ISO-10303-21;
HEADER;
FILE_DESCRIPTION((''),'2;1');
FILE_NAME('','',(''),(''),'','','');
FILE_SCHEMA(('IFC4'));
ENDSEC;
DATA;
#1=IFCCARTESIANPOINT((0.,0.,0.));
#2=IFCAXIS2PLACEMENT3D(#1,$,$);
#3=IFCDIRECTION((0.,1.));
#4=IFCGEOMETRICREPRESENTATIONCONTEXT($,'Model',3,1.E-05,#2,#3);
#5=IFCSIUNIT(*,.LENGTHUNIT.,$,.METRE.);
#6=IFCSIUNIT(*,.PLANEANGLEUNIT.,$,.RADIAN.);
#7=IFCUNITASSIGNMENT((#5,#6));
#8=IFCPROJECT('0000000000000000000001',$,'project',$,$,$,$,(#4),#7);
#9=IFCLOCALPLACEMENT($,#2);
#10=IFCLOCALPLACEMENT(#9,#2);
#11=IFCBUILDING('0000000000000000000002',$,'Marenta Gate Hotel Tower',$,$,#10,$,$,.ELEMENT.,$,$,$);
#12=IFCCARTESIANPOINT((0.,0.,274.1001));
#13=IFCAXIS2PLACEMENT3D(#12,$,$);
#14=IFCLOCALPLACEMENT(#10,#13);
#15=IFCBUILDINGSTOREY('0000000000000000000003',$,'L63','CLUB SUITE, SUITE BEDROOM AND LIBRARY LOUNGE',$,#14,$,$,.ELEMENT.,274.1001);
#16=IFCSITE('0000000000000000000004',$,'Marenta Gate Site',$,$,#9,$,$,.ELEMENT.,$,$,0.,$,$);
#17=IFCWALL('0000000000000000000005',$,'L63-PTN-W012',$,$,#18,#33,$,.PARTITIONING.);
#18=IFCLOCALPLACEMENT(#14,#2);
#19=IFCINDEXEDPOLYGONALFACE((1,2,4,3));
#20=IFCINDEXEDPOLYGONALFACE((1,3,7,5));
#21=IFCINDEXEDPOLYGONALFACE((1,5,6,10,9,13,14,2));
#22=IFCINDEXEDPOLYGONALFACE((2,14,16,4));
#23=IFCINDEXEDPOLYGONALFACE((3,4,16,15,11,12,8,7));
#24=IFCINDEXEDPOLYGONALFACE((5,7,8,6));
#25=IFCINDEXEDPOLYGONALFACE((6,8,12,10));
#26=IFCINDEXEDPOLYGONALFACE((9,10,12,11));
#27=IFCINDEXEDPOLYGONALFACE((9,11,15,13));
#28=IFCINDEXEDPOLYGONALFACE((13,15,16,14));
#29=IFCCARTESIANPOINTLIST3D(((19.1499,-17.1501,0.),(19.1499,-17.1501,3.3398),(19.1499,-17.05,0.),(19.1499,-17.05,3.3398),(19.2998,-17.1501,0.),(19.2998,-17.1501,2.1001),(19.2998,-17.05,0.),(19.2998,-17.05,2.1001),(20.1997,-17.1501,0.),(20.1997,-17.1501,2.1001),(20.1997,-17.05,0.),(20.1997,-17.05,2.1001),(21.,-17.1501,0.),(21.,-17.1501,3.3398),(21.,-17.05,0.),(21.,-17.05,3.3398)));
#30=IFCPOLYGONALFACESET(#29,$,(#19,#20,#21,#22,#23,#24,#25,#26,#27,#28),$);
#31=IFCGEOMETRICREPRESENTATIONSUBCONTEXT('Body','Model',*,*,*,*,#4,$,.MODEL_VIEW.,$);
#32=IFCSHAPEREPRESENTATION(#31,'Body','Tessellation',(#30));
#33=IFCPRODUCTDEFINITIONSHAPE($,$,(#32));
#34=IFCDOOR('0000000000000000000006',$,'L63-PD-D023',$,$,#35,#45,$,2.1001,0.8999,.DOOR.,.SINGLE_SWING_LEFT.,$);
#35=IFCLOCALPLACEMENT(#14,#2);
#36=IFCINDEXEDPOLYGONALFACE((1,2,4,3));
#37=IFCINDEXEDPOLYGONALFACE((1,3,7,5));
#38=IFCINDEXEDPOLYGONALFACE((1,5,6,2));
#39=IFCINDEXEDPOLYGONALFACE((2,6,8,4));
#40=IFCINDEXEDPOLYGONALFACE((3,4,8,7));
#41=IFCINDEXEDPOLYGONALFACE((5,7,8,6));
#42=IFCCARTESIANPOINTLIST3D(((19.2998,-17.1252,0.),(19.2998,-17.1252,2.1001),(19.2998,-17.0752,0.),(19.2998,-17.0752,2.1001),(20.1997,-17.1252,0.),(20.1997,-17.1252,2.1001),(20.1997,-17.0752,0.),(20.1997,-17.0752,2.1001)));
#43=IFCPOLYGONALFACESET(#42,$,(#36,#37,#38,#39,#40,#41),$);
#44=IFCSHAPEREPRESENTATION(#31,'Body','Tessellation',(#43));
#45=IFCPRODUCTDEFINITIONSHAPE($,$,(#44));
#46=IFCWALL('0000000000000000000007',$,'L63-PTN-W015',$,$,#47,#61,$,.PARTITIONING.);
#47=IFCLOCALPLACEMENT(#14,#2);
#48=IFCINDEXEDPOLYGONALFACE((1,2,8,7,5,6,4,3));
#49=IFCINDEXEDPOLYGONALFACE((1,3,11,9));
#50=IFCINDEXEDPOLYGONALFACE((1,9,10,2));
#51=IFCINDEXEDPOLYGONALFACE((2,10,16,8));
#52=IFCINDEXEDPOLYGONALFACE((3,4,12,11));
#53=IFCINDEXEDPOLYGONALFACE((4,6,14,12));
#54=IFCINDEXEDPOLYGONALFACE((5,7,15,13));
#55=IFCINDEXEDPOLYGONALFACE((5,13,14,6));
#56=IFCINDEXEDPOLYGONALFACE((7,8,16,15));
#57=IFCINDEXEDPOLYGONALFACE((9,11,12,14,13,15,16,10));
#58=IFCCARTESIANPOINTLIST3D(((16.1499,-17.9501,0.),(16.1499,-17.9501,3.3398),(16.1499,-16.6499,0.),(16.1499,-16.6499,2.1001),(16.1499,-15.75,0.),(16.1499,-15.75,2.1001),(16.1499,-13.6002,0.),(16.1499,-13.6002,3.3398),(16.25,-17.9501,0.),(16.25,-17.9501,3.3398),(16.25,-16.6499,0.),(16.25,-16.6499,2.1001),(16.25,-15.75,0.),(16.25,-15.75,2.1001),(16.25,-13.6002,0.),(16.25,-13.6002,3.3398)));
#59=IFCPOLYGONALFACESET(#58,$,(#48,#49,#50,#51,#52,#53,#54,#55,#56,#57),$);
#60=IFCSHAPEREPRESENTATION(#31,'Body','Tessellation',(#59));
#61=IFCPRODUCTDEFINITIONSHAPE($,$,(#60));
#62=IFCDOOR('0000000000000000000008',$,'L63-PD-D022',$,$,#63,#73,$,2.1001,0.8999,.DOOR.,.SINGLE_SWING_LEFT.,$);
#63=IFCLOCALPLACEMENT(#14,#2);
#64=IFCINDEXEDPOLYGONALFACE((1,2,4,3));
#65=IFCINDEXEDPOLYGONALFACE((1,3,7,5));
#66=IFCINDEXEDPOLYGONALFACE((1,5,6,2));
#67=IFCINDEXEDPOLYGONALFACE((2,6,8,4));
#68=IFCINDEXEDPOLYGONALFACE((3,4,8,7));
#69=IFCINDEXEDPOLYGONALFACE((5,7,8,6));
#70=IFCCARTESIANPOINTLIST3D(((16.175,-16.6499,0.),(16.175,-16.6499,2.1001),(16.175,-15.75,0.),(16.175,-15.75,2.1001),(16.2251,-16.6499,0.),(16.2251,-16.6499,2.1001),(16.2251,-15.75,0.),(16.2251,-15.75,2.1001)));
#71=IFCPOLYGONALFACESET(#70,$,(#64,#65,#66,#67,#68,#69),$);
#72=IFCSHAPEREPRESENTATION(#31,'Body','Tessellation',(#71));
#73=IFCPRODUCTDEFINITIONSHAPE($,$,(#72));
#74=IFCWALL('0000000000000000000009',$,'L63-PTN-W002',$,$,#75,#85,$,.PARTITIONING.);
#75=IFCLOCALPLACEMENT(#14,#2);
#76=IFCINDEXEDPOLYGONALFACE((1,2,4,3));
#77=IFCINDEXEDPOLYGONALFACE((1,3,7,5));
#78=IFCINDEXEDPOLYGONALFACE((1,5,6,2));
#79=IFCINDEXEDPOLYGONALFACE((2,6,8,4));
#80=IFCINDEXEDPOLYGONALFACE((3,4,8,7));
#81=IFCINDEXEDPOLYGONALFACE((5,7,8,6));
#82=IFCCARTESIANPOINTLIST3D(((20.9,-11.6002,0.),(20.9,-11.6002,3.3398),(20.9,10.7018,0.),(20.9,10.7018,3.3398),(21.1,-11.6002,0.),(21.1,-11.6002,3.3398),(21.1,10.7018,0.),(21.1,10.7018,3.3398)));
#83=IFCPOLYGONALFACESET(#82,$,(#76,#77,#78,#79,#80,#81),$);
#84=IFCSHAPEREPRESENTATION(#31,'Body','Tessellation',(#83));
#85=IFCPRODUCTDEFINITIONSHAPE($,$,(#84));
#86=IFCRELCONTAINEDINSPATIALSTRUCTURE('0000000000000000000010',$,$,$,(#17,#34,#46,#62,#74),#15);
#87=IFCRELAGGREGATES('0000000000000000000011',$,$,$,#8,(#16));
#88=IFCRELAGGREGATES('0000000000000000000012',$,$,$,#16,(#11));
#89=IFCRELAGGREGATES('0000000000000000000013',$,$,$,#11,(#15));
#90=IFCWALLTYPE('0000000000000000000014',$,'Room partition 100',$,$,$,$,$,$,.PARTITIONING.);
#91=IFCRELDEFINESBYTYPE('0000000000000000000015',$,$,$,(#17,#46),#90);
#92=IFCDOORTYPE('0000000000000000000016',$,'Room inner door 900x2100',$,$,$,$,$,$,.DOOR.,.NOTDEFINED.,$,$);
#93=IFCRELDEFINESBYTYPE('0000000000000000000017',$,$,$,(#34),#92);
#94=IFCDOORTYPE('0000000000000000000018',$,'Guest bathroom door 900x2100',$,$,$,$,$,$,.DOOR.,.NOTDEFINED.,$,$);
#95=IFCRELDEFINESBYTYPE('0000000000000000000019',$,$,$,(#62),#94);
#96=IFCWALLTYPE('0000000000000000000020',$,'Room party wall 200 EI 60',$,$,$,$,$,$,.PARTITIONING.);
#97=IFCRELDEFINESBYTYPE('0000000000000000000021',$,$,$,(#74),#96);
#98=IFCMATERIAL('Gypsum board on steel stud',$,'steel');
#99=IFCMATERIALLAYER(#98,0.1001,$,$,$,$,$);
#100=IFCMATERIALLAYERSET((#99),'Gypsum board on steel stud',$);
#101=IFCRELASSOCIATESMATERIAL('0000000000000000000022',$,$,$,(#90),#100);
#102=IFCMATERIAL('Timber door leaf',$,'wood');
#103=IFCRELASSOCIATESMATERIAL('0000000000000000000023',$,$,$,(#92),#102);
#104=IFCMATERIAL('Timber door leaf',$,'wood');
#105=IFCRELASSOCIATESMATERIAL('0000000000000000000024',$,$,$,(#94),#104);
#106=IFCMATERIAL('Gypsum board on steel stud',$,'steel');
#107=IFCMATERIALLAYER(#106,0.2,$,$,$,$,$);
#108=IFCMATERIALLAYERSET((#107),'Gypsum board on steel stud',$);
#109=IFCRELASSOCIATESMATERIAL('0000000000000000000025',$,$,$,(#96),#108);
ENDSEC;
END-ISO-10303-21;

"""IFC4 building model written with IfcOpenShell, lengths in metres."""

from ifc_helpers import new_model, si_unit, direction, frame, frame_2d, origin, place, context, subcontext, project, spatial, rectangle, extrude, material, layer, layer_set, type_object, element, fill, save


model = new_model("IFC4")

# Units and contexts
model_context = context("Model", 3, precision=1e-05, world=origin(), true_north=direction((0.0, 1.0)))
body_context = subcontext(model_context, "Body", "Model", "MODEL_VIEW")
ifc_project = project(units=[si_unit("LENGTHUNIT", "METRE"), si_unit("PLANEANGLEUNIT", "RADIAN")], contexts=[model_context])

# Site, building, storey
site_placement = place(None, origin())
site = spatial("IfcSite", under=ifc_project, at=site_placement, Name="Marenta Gate Site", CompositionType="ELEMENT", RefElevation=0.0)
building_placement = place(site_placement, origin())
building = spatial("IfcBuilding", under=site, at=building_placement, Name="Marenta Gate Hotel Tower", CompositionType="ELEMENT")
storey_placement = place(building_placement, frame((0.0, 0.0, 274.1001)))
storey = spatial("IfcBuildingStorey", under=building, at=storey_placement, Name="L63", Description="CLUB SUITE, SUITE BEDROOM AND LIBRARY LOUNGE", CompositionType="ELEMENT", Elevation=274.1001)

# Shared definitions
ifc_material_1 = material(Name="Gypsum board on steel stud", Category="steel")
ifc_layer_1 = layer(ifc_material_1, 0.1001)
ifc_layer_set_1 = layer_set([ifc_layer_1], Name="Gypsum board on steel stud")
wall_type_1 = type_object("IfcWallType", Name="Room partition 100", PredefinedType="PARTITIONING", material=ifc_layer_set_1)

# Walls, openings, doors
wall_1_placement = place(storey_placement, frame((19.1499, -17.1001, 0.0), z_axis=(0.0, 0.0, 1.0), x_axis=(1.0, 0.0, 0.0)))
wall_1 = element("IfcWall", 1, at=wall_1_placement, inside=storey, type_object=wall_type_1, Name="L63-PTN-W012", PredefinedType="PARTITIONING", context=body_context, shape_type="SweptSolid", body=[
    extrude(rectangle(XDim=1.8501, YDim=0.1001, at=frame_2d((0.925, 0.0))), origin(), (0.0, 0.0, 1.0), 3.3398),
])
opening_1_placement = place(wall_1_placement, frame((0.1499, 0.0, 0.0)))
opening_1 = element("IfcOpeningElement", 2, at=opening_1_placement, cuts=wall_1, PredefinedType="OPENING", context=body_context, shape_type="SweptSolid", body=[
    extrude(rectangle(XDim=0.8999, YDim=2.1001, at=frame_2d((0.45, 1.05))), frame((0.0, 0.05, 0.0), z_axis=(0.0, -1.0, 0.0), x_axis=(1.0, 0.0, 0.0)), (0.0, 0.0, 1.0), 0.1001),
])
ifc_material_2 = material(Name="Timber door leaf", Category="wood")
door_type_1 = type_object("IfcDoorType", Name="Room inner door 900x2100", OperationType="NOTDEFINED", PredefinedType="DOOR", material=ifc_material_2)
door_1_placement = place(opening_1_placement, origin())
door_1 = element("IfcDoor", 3, at=door_1_placement, inside=storey, type_object=door_type_1, Name="L63-PD-D023", OperationType="SINGLE_SWING_LEFT", OverallHeight=2.1001, OverallWidth=0.8999, PredefinedType="DOOR", context=body_context, shape_type="SweptSolid", body=[
    extrude(rectangle(XDim=0.8999, YDim=2.1001, at=frame_2d((0.45, 1.05))), frame((0.0, 0.0249, 0.0), z_axis=(0.0, -1.0, 0.0), x_axis=(1.0, 0.0, 0.0)), (0.0, 0.0, 1.0), 0.05),
])
fill(opening_1, door_1)
wall_2_placement = place(storey_placement, frame((16.2, -17.95, 0.0), z_axis=(0.0, 0.0, 1.0), x_axis=(0.0, 1.0, 0.0)))
wall_2 = element("IfcWall", 4, at=wall_2_placement, inside=storey, type_object=wall_type_1, Name="L63-PTN-W015", PredefinedType="PARTITIONING", context=body_context, shape_type="SweptSolid", body=[
    extrude(rectangle(XDim=4.3499, YDim=0.1001, at=frame_2d((2.1748, 0.0))), origin(), (0.0, 0.0, 1.0), 3.3398),
])
opening_2_placement = place(wall_2_placement, frame((1.3, 0.0, 0.0)))
opening_2 = element("IfcOpeningElement", 5, at=opening_2_placement, cuts=wall_2, PredefinedType="OPENING", context=body_context, shape_type="SweptSolid", body=[
    extrude(rectangle(XDim=0.8999, YDim=2.1001, at=frame_2d((0.45, 1.05))), frame((0.0, 0.05, 0.0), z_axis=(0.0, -1.0, 0.0), x_axis=(1.0, 0.0, 0.0)), (0.0, 0.0, 1.0), 0.1001),
])
ifc_material_3 = material(Name="Timber door leaf", Category="wood")
door_type_2 = type_object("IfcDoorType", Name="Guest bathroom door 900x2100", OperationType="NOTDEFINED", PredefinedType="DOOR", material=ifc_material_3)
door_2_placement = place(opening_2_placement, origin())
door_2 = element("IfcDoor", 6, at=door_2_placement, inside=storey, type_object=door_type_2, Name="L63-PD-D022", OperationType="SINGLE_SWING_LEFT", OverallHeight=2.1001, OverallWidth=0.8999, PredefinedType="DOOR", context=body_context, shape_type="SweptSolid", body=[
    extrude(rectangle(XDim=0.8999, YDim=2.1001, at=frame_2d((0.45, 1.05))), frame((0.0, 0.0249, 0.0), z_axis=(0.0, -1.0, 0.0), x_axis=(1.0, 0.0, 0.0)), (0.0, 0.0, 1.0), 0.05),
])
fill(opening_2, door_2)

# Wall
ifc_material_4 = material(Name="Gypsum board on steel stud", Category="steel")
ifc_layer_2 = layer(ifc_material_4, 0.2)
ifc_layer_set_2 = layer_set([ifc_layer_2], Name="Gypsum board on steel stud")
wall_type_2 = type_object("IfcWallType", Name="Room party wall 200 EI 60", PredefinedType="PARTITIONING", material=ifc_layer_set_2)
wall_3_placement = place(storey_placement, frame((21.0, -11.6001, 0.0), z_axis=(0.0, 0.0, 1.0), x_axis=(0.0, 1.0, 0.0)))
element("IfcWall", 7, at=wall_3_placement, inside=storey, type_object=wall_type_2, Name="L63-PTN-W002", PredefinedType="PARTITIONING", context=body_context, shape_type="SweptSolid", body=[
    extrude(rectangle(XDim=22.302, YDim=0.2, at=frame_2d((11.1509, 0.0))), origin(), (0.0, 0.0, 1.0), 3.3398),
])

save(model, "model.ifc")
